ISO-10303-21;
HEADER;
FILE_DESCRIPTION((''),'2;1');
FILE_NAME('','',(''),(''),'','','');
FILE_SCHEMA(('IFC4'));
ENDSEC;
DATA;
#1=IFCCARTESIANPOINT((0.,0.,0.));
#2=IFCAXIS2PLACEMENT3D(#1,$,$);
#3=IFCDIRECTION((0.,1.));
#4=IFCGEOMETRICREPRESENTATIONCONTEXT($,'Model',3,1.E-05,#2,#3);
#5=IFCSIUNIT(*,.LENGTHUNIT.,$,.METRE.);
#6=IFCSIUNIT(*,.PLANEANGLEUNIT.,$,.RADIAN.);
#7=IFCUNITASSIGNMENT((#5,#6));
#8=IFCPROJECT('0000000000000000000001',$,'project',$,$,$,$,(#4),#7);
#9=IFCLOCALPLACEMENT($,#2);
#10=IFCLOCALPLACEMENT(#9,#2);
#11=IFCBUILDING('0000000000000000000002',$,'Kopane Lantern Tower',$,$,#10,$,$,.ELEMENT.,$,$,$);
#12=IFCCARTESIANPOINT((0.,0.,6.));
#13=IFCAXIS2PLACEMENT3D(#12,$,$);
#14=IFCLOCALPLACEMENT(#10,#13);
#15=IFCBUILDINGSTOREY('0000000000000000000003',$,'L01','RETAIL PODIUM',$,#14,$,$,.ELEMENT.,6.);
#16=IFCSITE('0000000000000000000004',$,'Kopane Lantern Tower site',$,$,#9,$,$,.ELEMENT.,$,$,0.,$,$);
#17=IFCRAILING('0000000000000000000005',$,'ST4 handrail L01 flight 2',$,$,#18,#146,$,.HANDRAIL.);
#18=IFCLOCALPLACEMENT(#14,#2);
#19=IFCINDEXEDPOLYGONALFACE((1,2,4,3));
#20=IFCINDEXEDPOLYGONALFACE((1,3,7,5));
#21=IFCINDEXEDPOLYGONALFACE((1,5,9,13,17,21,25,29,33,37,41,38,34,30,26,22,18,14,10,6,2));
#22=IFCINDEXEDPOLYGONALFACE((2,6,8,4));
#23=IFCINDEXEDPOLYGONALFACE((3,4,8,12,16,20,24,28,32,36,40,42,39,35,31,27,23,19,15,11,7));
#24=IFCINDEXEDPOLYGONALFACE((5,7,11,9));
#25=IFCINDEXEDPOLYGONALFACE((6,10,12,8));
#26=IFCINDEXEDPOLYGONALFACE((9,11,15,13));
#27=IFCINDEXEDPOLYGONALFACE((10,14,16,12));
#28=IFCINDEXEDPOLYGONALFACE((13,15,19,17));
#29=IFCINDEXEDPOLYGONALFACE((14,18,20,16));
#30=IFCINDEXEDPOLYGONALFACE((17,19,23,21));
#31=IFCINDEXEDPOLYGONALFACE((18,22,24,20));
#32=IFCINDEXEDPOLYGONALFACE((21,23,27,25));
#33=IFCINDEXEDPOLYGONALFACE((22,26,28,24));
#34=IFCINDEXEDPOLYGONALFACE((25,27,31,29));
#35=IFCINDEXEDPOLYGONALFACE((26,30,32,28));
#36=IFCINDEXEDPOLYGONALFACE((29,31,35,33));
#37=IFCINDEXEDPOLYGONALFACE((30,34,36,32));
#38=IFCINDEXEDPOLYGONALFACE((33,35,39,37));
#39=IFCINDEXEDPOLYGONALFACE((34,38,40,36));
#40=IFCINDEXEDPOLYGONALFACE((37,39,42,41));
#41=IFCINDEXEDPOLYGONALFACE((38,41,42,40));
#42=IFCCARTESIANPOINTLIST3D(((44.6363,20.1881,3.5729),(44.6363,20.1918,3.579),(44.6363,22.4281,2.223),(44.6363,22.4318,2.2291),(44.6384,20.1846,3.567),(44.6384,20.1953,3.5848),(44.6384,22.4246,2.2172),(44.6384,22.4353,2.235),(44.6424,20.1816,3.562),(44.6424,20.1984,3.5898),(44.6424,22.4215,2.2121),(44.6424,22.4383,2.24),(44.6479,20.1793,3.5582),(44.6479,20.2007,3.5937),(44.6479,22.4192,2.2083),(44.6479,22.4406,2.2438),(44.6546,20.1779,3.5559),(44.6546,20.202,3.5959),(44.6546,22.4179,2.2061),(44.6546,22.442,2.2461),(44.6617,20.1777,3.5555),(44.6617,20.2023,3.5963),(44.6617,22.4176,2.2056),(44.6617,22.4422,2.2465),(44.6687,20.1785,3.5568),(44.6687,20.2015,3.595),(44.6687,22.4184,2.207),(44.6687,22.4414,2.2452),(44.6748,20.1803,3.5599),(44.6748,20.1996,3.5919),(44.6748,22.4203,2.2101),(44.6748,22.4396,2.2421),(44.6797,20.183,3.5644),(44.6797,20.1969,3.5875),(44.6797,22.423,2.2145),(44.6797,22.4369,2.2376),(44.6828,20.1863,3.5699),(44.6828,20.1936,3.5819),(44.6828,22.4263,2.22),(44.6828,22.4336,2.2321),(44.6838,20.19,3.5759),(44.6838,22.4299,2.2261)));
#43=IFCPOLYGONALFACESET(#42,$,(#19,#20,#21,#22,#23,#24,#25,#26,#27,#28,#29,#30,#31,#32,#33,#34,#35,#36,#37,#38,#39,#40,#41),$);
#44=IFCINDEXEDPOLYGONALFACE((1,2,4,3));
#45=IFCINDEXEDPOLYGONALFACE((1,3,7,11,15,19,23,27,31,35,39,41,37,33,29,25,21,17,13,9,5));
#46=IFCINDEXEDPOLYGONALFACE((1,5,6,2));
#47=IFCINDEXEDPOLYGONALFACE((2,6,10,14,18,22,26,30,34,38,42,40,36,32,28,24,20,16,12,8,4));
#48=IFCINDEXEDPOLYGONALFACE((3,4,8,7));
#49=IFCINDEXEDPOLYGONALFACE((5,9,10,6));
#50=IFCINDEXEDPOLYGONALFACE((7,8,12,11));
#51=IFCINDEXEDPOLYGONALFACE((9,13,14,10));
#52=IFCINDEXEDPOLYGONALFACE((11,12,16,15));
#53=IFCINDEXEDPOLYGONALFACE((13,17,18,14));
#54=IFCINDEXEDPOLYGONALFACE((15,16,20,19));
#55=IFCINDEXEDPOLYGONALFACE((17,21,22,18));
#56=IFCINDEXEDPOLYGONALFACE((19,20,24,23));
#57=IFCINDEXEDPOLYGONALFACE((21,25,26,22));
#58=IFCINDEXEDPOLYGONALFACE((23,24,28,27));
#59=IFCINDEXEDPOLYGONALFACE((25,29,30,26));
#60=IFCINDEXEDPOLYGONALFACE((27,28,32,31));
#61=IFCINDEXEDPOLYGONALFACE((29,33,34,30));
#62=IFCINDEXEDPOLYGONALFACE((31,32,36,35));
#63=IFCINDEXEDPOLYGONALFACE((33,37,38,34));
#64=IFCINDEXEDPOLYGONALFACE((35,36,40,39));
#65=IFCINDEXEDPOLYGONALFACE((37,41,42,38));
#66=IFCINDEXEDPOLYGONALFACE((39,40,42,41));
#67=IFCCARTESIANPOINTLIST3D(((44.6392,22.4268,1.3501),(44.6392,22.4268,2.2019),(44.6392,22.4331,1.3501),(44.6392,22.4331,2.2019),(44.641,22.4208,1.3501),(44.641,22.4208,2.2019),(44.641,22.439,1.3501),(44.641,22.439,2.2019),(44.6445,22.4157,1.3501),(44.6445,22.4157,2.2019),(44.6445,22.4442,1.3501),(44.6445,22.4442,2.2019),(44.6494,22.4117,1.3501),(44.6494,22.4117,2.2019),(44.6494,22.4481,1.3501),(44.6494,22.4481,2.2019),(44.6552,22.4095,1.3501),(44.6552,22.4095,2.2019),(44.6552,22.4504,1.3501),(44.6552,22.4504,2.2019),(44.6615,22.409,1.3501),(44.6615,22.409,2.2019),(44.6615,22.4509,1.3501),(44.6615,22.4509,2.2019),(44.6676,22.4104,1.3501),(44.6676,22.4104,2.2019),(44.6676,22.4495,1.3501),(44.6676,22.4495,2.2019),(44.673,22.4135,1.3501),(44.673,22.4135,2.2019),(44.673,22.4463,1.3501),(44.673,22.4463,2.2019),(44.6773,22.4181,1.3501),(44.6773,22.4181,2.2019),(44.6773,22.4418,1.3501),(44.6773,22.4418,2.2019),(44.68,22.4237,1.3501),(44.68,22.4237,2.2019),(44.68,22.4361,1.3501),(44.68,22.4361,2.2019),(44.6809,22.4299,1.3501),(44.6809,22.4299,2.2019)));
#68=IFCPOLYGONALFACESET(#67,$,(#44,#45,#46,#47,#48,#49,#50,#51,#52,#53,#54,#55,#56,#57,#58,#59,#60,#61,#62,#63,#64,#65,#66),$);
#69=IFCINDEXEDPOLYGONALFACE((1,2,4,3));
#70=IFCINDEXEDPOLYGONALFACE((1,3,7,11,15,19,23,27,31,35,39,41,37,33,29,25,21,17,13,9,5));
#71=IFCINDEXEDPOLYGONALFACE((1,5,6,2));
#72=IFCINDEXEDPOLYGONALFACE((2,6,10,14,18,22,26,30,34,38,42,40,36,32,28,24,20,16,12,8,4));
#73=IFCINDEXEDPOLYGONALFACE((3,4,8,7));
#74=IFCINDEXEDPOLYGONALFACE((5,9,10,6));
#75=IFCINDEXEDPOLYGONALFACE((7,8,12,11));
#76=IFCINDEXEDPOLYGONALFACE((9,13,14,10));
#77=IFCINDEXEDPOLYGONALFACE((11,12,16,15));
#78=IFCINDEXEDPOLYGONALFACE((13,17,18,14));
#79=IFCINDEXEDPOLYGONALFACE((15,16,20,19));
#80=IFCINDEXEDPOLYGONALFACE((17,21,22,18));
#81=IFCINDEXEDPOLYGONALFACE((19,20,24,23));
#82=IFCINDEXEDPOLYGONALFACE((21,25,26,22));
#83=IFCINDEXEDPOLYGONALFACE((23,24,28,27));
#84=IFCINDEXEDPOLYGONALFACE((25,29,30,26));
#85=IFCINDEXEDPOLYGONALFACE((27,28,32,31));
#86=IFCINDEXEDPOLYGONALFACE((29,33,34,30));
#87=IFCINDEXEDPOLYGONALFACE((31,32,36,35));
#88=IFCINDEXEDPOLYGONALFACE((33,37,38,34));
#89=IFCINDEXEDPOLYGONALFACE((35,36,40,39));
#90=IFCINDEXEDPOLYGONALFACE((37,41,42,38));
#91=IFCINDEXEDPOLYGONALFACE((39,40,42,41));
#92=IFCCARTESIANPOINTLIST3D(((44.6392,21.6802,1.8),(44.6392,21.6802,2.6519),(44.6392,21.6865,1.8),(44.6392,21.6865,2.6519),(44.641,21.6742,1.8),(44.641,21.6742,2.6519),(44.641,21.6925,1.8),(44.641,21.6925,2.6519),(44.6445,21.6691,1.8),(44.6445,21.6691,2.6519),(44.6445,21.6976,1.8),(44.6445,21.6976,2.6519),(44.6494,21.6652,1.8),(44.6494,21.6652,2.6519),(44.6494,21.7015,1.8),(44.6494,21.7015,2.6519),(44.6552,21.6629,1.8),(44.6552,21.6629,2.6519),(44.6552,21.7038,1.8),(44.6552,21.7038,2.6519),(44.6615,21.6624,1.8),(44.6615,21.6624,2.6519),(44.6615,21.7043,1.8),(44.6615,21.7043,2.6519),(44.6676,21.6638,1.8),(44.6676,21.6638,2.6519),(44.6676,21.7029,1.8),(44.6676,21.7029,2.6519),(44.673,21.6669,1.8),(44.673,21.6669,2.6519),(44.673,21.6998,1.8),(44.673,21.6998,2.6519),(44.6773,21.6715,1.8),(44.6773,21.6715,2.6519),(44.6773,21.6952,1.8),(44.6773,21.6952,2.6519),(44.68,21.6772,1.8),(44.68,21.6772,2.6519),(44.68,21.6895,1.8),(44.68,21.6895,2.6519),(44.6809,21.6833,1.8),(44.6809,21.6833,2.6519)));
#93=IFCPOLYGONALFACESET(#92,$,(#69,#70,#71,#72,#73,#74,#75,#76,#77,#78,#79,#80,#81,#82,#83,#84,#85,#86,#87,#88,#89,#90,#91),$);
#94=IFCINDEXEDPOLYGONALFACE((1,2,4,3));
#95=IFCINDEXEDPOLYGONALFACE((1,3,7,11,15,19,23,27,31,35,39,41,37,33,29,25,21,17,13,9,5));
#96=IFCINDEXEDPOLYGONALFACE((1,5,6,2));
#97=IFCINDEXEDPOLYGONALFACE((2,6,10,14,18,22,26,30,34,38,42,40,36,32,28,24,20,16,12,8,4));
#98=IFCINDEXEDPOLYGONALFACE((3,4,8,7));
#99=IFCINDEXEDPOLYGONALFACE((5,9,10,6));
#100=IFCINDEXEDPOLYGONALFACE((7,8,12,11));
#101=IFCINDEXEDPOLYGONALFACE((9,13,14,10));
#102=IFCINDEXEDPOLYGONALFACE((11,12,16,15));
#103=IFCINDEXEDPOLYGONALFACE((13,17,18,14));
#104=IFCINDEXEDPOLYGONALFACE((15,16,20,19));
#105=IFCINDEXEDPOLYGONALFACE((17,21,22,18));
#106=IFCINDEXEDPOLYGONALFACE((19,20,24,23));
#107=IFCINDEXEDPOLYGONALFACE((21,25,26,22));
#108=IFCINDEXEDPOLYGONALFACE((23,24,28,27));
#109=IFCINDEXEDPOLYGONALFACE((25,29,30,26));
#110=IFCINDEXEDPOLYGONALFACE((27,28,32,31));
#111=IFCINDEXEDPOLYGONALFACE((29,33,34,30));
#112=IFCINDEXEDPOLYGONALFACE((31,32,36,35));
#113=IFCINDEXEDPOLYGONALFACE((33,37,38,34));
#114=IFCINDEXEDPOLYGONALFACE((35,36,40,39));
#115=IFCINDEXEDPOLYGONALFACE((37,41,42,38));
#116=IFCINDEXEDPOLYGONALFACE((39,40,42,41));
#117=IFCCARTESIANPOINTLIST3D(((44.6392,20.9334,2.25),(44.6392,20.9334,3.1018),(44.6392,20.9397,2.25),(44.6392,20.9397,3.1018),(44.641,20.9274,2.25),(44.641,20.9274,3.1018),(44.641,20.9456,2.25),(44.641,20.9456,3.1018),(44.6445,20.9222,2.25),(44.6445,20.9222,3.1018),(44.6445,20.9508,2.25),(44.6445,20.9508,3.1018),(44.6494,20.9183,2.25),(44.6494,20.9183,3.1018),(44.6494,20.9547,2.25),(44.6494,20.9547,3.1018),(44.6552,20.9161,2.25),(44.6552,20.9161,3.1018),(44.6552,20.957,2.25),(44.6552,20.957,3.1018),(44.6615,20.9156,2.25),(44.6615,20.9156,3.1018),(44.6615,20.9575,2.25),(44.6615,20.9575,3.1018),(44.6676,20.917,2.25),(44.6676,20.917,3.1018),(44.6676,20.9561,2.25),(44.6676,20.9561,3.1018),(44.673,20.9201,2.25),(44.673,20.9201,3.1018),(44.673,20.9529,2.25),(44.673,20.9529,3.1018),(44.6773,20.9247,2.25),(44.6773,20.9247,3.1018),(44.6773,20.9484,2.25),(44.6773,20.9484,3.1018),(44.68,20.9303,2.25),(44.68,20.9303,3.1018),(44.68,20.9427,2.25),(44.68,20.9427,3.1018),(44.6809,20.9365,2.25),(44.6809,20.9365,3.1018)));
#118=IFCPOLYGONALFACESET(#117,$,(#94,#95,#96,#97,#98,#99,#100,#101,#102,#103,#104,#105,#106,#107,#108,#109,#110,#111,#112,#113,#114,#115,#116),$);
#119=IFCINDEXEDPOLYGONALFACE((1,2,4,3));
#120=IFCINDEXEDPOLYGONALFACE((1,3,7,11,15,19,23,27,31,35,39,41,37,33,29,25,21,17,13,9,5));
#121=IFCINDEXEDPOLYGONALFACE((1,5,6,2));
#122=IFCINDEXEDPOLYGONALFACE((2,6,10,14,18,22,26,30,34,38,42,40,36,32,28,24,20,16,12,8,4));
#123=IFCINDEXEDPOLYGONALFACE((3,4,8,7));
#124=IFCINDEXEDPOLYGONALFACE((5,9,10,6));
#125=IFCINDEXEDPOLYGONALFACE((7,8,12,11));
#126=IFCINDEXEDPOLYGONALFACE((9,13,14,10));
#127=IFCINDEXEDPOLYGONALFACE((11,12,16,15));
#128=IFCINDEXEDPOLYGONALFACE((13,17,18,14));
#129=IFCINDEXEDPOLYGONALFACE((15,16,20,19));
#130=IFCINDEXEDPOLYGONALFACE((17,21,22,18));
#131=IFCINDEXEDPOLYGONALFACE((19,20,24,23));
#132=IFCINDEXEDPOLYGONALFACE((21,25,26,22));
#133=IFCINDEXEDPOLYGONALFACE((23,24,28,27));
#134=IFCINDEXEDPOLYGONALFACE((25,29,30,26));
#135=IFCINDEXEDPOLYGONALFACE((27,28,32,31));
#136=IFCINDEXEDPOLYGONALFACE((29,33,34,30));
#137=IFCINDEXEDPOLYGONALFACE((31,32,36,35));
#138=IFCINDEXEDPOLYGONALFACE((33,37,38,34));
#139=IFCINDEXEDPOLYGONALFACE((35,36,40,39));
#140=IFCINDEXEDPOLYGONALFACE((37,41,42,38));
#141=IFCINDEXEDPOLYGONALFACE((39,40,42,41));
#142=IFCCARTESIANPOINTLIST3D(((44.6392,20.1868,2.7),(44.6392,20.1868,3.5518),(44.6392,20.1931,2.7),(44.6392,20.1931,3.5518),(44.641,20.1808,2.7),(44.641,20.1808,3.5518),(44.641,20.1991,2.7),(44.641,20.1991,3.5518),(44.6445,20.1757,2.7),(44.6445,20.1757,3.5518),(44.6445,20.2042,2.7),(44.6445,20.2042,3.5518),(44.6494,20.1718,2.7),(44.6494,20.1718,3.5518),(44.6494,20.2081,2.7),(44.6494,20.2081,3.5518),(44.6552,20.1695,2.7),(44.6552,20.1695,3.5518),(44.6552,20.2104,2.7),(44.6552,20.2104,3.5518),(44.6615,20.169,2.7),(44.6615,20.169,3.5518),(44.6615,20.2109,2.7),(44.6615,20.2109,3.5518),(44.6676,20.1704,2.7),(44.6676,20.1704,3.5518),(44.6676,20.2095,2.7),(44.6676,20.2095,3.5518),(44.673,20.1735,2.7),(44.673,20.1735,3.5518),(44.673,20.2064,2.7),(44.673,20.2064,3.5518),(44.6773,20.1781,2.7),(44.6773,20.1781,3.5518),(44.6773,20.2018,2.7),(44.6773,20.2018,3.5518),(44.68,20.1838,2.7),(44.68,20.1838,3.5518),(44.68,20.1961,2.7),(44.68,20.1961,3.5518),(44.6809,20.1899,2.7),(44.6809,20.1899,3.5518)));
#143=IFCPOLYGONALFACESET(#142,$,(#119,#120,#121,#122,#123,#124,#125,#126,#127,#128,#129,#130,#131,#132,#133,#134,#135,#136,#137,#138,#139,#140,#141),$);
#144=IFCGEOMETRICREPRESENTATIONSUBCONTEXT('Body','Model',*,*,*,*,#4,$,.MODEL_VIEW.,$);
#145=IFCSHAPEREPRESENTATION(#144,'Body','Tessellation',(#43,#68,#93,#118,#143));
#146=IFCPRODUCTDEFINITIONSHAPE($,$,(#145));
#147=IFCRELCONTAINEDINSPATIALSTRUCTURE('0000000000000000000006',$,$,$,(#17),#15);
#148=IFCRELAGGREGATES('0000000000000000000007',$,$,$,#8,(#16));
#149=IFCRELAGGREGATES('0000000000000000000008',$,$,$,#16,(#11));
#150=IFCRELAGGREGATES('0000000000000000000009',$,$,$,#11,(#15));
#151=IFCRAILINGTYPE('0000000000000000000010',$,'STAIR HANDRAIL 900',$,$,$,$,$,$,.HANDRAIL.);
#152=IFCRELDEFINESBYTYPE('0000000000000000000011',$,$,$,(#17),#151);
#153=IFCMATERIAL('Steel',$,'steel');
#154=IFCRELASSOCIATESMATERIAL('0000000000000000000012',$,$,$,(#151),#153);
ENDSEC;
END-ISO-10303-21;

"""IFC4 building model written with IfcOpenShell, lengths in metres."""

from ifc_helpers import new_model, si_unit, direction, frame, origin, origin_2d, place, context, subcontext, project, spatial, circle, extrude, material, type_object, element, save


model = new_model("IFC4")

# Units and contexts
model_context = context("Model", 3, precision=1e-05, world=origin(), true_north=direction((0.0, 1.0)))
body_context = subcontext(model_context, "Body", "Model", "MODEL_VIEW")
ifc_project = project(units=[si_unit("LENGTHUNIT", "METRE"), si_unit("PLANEANGLEUNIT", "RADIAN")], contexts=[model_context])

# Site, building, storey
site_placement = place(None, origin())
site = spatial("IfcSite", under=ifc_project, at=site_placement, Name="Kopane Lantern Tower site", CompositionType="ELEMENT", RefElevation=0.0)
building_placement = place(site_placement, origin())
building = spatial("IfcBuilding", under=site, at=building_placement, Name="Kopane Lantern Tower", CompositionType="ELEMENT")
storey_placement = place(building_placement, frame((0.0, 0.0, 6.0)))
storey = spatial("IfcBuildingStorey", under=building, at=storey_placement, Name="L01", Description="RETAIL PODIUM", CompositionType="ELEMENT", Elevation=6.0)

# Railing
ifc_material_1 = material(Name="Steel", Category="steel")
railing_type_1 = type_object("IfcRailingType", Name="STAIR HANDRAIL 900", PredefinedType="HANDRAIL", material=ifc_material_1)
for number, where, name in (
    (1, (44.6599, 22.4299, 1.3501), "ST4 handrail L01 flight 2"),
):
    element("IfcRailing", number, at=place(storey_placement, frame(where)), inside=storey, type_object=railing_type_1, Name=name, PredefinedType="HANDRAIL", context=body_context, shape_type="SweptSolid", body=[
        extrude(circle(Radius=0.0239, at=origin_2d()), frame((0.0, 0.0, 0.876), z_axis=(0.0, -0.856503, 0.516142), x_axis=(1.0, 0.0, 0.0)), (0.0, 0.0, 1.0), 2.6152),
        extrude(circle(Radius=0.021, at=origin_2d()), origin(), (0.0, 0.0, 1.0), 0.8518),
        extrude(circle(Radius=0.021, at=origin_2d()), frame((0.0, -0.7466, 0.45)), (0.0, 0.0, 1.0), 0.8518),
        extrude(circle(Radius=0.021, at=origin_2d()), frame((0.0, -1.4934, 0.8999)), (0.0, 0.0, 1.0), 0.8518),
        extrude(circle(Radius=0.021, at=origin_2d()), frame((0.0, -2.24, 1.3499)), (0.0, 0.0, 1.0), 0.8518),
    ])

save(model, "model.ifc")
